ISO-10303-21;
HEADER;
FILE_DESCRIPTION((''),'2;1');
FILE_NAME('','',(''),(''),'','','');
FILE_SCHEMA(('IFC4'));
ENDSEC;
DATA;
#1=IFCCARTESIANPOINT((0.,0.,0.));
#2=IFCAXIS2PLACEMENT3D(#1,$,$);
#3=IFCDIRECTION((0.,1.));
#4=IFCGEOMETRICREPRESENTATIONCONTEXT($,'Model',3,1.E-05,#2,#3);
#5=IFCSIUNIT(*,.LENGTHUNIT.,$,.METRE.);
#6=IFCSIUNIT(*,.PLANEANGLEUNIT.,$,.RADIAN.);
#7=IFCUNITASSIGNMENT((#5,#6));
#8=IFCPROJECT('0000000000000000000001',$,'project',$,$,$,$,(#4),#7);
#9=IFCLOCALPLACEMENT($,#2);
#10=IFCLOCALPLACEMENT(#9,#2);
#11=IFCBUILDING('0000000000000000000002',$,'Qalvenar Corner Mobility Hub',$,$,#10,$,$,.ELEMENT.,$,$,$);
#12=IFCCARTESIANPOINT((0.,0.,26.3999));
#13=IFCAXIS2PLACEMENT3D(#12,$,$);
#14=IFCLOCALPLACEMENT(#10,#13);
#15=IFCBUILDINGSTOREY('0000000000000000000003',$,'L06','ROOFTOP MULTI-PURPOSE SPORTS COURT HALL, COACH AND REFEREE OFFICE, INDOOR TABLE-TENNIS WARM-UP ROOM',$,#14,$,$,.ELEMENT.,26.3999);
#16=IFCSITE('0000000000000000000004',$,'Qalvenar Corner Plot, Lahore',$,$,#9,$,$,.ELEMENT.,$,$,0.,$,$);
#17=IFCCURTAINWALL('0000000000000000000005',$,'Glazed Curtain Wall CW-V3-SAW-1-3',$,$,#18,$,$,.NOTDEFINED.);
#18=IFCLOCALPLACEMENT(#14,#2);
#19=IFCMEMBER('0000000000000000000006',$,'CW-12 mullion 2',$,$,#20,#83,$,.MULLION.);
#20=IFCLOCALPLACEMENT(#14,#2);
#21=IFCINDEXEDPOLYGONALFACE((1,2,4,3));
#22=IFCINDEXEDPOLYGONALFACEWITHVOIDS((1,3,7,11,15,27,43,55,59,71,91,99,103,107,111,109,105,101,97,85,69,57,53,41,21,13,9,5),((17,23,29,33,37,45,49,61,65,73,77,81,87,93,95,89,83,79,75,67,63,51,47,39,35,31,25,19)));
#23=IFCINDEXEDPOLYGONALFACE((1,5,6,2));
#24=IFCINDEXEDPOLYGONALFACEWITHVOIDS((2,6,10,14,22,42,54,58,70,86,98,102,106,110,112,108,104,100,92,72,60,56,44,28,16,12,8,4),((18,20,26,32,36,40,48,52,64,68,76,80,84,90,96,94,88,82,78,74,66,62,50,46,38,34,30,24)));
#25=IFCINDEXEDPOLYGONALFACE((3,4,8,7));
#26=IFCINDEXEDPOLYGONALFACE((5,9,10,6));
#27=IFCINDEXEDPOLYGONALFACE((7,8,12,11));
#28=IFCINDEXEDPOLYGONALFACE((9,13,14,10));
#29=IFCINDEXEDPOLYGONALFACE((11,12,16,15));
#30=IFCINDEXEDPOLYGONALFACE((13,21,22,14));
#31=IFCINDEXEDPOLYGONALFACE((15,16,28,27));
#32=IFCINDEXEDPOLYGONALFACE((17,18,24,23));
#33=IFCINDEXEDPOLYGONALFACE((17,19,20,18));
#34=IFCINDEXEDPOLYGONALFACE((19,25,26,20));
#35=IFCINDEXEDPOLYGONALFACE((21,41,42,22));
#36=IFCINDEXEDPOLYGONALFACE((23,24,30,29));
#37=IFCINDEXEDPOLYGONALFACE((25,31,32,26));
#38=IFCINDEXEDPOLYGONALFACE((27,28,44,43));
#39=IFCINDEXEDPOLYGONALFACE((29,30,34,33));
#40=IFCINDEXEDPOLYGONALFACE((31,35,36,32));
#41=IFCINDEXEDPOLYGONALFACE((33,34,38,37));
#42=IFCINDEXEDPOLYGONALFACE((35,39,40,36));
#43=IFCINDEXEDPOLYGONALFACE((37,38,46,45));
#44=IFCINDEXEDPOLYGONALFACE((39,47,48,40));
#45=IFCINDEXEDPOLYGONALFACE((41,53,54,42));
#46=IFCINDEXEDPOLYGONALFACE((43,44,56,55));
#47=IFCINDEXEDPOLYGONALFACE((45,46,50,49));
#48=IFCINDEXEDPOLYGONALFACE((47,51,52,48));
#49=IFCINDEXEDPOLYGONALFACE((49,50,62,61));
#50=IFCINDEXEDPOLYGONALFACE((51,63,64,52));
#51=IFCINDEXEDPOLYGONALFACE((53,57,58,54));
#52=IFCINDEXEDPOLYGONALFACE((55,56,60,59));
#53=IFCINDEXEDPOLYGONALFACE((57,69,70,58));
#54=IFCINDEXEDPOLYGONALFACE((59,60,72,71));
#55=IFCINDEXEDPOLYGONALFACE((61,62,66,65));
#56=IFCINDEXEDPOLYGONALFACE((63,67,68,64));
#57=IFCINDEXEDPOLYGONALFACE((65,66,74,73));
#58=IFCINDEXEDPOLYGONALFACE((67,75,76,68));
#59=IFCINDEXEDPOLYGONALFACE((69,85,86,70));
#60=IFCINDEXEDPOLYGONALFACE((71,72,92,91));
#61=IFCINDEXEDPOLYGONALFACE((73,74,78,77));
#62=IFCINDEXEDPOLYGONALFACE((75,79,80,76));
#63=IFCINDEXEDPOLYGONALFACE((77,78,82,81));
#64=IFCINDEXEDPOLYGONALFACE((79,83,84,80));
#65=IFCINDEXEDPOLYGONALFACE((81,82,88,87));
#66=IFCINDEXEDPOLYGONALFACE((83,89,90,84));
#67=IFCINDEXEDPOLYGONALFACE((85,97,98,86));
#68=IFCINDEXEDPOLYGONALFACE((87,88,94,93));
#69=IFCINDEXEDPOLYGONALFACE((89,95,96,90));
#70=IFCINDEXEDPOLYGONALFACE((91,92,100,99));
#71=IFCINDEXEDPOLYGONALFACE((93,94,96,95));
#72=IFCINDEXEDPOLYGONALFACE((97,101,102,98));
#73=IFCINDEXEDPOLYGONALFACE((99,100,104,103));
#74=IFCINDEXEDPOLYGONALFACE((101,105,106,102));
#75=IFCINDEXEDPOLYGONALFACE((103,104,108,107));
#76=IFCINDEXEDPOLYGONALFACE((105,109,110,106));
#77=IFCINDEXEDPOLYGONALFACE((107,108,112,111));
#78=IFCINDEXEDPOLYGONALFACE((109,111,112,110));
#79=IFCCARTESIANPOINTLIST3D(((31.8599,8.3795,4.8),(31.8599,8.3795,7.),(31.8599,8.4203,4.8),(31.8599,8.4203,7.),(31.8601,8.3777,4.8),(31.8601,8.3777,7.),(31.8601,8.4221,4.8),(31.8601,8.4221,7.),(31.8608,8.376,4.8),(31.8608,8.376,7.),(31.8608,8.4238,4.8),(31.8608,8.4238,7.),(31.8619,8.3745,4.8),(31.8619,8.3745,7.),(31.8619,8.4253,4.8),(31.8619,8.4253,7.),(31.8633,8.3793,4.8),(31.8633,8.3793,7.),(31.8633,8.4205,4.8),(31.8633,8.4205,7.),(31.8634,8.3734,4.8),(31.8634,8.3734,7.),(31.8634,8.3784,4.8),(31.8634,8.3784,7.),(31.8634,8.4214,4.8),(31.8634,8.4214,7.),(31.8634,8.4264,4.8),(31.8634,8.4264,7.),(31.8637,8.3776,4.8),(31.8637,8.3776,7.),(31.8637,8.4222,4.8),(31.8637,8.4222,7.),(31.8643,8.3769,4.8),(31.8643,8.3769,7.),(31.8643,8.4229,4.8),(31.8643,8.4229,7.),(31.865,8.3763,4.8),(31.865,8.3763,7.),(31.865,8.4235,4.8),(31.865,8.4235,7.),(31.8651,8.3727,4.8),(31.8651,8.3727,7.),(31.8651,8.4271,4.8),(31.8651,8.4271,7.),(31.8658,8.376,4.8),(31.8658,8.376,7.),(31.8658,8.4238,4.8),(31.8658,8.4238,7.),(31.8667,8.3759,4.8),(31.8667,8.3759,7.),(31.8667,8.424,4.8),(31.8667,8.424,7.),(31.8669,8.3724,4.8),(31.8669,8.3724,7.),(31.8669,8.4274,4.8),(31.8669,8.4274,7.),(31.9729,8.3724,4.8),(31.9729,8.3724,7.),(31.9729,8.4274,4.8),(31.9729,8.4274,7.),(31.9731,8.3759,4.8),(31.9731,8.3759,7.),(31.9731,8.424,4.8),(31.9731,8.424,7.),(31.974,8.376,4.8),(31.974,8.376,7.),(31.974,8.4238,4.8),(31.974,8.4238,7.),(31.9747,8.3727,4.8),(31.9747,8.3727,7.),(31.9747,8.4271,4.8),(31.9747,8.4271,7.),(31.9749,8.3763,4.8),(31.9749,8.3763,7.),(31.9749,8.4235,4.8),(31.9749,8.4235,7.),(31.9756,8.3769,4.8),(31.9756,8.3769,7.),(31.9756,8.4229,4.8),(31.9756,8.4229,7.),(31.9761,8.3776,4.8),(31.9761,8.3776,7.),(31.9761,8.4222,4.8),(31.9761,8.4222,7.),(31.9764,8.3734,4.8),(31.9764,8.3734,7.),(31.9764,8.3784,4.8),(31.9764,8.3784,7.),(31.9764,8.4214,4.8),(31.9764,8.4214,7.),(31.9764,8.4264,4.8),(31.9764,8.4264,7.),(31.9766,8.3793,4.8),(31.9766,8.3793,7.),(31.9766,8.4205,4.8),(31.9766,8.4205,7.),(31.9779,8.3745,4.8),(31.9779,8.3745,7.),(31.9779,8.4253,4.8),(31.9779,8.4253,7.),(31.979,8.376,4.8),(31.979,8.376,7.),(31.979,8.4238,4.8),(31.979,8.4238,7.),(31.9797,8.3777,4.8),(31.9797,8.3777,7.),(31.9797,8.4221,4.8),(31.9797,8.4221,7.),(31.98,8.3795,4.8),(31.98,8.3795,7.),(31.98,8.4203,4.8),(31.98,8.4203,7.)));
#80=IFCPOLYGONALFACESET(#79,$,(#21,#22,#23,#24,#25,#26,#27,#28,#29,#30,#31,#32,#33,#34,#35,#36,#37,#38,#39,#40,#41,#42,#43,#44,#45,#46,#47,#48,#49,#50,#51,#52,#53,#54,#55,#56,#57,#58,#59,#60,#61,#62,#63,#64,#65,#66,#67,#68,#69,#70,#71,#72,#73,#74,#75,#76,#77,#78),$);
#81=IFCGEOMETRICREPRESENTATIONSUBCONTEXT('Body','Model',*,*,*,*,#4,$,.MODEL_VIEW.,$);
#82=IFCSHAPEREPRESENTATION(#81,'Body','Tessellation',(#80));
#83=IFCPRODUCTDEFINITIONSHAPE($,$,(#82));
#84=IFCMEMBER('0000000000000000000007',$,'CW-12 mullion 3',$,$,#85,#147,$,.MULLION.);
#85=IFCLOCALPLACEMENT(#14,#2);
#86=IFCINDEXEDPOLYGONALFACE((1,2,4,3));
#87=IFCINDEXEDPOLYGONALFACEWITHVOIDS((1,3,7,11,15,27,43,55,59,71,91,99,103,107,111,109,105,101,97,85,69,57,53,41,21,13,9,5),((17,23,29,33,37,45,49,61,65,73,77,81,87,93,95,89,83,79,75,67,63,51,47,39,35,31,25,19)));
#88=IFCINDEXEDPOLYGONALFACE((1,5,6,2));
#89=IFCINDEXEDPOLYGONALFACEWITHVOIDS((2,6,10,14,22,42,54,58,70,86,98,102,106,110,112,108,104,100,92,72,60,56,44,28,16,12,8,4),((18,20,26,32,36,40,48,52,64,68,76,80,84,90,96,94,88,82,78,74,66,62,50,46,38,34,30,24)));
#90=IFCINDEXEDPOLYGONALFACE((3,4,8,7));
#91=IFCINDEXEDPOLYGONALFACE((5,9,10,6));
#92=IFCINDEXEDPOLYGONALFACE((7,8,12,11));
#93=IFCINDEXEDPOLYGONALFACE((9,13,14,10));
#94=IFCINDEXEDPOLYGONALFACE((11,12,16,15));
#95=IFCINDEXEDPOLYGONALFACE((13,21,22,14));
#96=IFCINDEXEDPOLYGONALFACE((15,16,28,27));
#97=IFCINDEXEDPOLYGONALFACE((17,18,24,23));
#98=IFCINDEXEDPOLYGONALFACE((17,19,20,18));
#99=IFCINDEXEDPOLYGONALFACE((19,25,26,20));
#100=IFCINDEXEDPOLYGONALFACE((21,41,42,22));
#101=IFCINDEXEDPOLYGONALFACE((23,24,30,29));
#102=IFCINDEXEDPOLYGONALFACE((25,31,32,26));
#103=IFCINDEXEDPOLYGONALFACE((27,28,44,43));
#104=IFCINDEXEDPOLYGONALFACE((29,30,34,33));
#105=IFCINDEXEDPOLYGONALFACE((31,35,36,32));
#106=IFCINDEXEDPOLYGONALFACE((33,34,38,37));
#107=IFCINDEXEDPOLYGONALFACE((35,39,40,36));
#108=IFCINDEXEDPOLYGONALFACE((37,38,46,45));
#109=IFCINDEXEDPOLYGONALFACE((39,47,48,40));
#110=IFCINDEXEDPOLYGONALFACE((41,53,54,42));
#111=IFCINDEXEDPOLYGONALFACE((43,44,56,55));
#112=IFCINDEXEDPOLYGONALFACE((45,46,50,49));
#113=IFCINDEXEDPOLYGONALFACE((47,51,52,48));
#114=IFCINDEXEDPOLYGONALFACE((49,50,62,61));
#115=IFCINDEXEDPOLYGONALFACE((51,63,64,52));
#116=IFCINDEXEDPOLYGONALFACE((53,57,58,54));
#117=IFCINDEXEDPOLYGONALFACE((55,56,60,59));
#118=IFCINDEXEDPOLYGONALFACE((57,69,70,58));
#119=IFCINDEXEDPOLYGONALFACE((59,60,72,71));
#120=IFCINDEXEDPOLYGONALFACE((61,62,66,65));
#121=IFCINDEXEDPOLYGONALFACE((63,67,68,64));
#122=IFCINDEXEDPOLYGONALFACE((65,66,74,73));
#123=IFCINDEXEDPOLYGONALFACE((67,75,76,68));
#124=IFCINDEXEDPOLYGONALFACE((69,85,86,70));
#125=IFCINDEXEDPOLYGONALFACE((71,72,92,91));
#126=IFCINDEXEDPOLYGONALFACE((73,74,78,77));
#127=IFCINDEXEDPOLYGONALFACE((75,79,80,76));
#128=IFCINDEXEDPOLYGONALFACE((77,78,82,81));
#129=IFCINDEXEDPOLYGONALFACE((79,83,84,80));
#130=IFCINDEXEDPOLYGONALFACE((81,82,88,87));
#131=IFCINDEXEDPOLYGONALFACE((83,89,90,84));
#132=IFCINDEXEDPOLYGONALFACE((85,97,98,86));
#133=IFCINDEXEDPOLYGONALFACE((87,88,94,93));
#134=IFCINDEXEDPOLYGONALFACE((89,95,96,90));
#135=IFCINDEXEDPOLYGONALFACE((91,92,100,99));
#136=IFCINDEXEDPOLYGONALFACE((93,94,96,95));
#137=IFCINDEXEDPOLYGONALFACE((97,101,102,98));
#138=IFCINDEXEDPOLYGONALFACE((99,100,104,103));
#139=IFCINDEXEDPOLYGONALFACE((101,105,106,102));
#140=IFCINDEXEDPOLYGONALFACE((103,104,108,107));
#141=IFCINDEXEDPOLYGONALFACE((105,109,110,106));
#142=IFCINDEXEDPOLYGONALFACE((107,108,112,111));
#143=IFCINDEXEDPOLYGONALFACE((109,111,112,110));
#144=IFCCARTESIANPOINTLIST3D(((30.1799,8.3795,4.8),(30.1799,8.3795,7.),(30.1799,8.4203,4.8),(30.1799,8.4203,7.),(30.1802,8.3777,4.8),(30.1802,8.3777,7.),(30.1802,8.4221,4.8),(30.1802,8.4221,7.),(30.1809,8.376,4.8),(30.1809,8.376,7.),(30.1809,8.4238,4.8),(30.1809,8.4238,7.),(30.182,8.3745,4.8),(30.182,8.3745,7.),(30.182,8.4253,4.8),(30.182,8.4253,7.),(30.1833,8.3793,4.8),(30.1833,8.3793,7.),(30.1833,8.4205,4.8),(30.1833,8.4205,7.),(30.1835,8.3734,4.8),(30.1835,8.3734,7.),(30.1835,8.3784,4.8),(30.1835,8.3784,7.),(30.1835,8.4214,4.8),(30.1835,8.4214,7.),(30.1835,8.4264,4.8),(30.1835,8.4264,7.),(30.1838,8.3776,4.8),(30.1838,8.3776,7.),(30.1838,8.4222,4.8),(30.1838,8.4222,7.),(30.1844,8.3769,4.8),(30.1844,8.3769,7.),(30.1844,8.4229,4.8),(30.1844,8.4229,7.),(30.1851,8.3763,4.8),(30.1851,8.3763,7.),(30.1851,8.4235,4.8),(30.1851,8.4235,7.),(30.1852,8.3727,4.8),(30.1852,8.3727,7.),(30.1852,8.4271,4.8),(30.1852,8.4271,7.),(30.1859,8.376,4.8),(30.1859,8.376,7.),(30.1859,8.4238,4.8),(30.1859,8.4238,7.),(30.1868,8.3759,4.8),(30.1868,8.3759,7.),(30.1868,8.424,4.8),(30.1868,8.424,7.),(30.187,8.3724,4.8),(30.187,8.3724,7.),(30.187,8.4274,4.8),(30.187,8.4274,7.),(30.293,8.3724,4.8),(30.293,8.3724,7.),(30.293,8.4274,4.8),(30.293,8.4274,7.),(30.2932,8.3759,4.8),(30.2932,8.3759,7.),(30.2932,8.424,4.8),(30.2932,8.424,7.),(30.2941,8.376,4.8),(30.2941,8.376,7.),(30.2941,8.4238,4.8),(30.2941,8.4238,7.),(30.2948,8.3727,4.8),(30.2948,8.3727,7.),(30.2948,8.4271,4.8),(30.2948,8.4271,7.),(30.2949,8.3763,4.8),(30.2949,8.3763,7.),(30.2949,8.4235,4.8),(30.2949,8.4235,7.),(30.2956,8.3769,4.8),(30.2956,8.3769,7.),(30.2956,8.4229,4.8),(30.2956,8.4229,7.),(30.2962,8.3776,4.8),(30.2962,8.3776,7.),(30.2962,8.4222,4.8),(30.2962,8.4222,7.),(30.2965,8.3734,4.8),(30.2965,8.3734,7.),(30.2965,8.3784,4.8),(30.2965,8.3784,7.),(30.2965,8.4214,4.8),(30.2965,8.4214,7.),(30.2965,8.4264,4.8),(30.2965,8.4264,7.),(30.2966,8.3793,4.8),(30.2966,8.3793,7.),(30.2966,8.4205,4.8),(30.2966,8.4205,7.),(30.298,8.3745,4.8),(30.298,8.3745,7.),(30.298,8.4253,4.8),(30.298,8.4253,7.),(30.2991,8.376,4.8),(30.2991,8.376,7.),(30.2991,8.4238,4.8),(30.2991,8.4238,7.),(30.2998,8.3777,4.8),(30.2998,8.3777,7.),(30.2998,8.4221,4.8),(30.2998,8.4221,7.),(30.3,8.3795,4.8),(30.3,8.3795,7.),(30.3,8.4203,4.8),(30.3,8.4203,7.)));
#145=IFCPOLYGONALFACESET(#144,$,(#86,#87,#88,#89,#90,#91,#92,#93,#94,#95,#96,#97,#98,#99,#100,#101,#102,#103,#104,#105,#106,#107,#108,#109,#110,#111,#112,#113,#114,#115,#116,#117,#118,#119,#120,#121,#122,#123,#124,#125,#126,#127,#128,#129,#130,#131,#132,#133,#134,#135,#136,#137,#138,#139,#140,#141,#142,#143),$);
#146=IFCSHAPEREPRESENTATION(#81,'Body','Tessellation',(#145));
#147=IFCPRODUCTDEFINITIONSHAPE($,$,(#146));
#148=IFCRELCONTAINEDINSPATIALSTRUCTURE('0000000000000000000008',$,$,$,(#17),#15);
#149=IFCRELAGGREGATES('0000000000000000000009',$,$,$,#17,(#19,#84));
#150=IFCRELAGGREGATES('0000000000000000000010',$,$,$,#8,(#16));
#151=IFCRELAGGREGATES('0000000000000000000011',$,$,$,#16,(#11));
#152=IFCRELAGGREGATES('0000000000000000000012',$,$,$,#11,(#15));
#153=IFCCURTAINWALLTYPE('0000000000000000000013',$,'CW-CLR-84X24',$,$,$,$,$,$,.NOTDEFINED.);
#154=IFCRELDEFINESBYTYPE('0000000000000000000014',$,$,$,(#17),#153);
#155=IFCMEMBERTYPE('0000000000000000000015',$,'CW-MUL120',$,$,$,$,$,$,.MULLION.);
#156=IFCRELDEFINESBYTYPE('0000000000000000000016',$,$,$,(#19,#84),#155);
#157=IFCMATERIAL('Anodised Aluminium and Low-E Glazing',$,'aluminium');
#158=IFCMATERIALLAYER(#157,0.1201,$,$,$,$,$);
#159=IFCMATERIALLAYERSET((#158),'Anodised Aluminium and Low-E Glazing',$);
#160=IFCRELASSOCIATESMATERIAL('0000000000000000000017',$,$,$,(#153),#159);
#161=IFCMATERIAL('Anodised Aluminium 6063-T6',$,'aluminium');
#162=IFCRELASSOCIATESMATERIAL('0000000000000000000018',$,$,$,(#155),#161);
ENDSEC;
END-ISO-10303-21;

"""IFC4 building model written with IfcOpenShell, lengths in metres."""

from ifc_helpers import new_model, si_unit, direction, frame, origin, origin_2d, place, context, subcontext, project, spatial, hollow_rectangle, extrude, material, layer, layer_set, material_profile, profile_set, type_object, element, aggregate, save


model = new_model("IFC4")

# Units and contexts
model_context = context("Model", 3, precision=1e-05, world=origin(), true_north=direction((0.0, 1.0)))
body_context = subcontext(model_context, "Body", "Model", "MODEL_VIEW")
ifc_project = project(units=[si_unit("LENGTHUNIT", "METRE"), si_unit("PLANEANGLEUNIT", "RADIAN")], contexts=[model_context])

# Site, building, storey
site_placement = place(None, origin())
site = spatial("IfcSite", under=ifc_project, at=site_placement, Name="Qalvenar Corner Plot, Lahore", CompositionType="ELEMENT", RefElevation=0.0)
building_placement = place(site_placement, origin())
building = spatial("IfcBuilding", under=site, at=building_placement, Name="Qalvenar Corner Mobility Hub", CompositionType="ELEMENT")
storey_placement = place(building_placement, frame((0.0, 0.0, 26.3999)))
storey = spatial("IfcBuildingStorey", under=building, at=storey_placement, Name="L06", Description="ROOFTOP MULTI-PURPOSE SPORTS COURT HALL, COACH AND REFEREE OFFICE, INDOOR TABLE-TENNIS WARM-UP ROOM", CompositionType="ELEMENT", Elevation=26.3999)

# Curtain wall, members
ifc_material_1 = material(Name="Anodised Aluminium and Low-E Glazing", Category="aluminium")
ifc_layer_1 = layer(ifc_material_1, 0.1201)
ifc_layer_set_1 = layer_set([ifc_layer_1], Name="Anodised Aluminium and Low-E Glazing")
curtain_wall_type = type_object("IfcCurtainWallType", Name="CW-CLR-84X24", PredefinedType="NOTDEFINED", material=ifc_layer_set_1)
curtain_wall_1_placement = place(storey_placement, origin())
curtain_wall_1 = element("IfcCurtainWall", 1, at=curtain_wall_1_placement, inside=storey, type_object=curtain_wall_type, Name="Glazed Curtain Wall CW-V3-SAW-1-3", PredefinedType="NOTDEFINED")
ifc_material_2 = material(Name="Anodised Aluminium 6063-T6", Category="aluminium")
ifc_material_profile_1 = material_profile(ifc_material_2, hollow_rectangle(XDim=0.0549, YDim=0.1201, WallThickness=0.0034, InnerFilletRadius=0.0034, OuterFilletRadius=0.0071, at=origin_2d()), Name="RHS120x55x3.5")
ifc_profile_set_1 = profile_set([ifc_material_profile_1], Name="Anodised Aluminium 6063-T6")
member_type_1 = type_object("IfcMemberType", Name="CW-MUL120", PredefinedType="MULLION", material=ifc_profile_set_1)
member_1_placement = place(storey_placement, frame((31.9199, 8.3999, 4.8), z_axis=(0.0, 0.0, 1.0), x_axis=(0.0, -1.0, 0.0)))
member_1 = element("IfcMember", 2, at=member_1_placement, type_object=member_type_1, Name="CW-12 mullion 2", PredefinedType="MULLION", context=body_context, shape_type="SweptSolid", body=[
    extrude(hollow_rectangle(XDim=0.0549, YDim=0.1201, WallThickness=0.0034, InnerFilletRadius=0.0034, OuterFilletRadius=0.0071, at=origin_2d()), origin(), (0.0, 0.0, 1.0), 2.2),
])
member_2_placement = place(storey_placement, frame((30.24, 8.3999, 4.8), z_axis=(0.0, 0.0, 1.0), x_axis=(0.0, -1.0, 0.0)))
member_2 = element("IfcMember", 3, at=member_2_placement, type_object=member_type_1, Name="CW-12 mullion 3", PredefinedType="MULLION", context=body_context, shape_type="SweptSolid", body=[
    extrude(hollow_rectangle(XDim=0.0549, YDim=0.1201, WallThickness=0.0034, InnerFilletRadius=0.0034, OuterFilletRadius=0.0071, at=origin_2d()), origin(), (0.0, 0.0, 1.0), 2.2),
])

aggregate(curtain_wall_1, [member_1, member_2])

save(model, "model.ifc")
